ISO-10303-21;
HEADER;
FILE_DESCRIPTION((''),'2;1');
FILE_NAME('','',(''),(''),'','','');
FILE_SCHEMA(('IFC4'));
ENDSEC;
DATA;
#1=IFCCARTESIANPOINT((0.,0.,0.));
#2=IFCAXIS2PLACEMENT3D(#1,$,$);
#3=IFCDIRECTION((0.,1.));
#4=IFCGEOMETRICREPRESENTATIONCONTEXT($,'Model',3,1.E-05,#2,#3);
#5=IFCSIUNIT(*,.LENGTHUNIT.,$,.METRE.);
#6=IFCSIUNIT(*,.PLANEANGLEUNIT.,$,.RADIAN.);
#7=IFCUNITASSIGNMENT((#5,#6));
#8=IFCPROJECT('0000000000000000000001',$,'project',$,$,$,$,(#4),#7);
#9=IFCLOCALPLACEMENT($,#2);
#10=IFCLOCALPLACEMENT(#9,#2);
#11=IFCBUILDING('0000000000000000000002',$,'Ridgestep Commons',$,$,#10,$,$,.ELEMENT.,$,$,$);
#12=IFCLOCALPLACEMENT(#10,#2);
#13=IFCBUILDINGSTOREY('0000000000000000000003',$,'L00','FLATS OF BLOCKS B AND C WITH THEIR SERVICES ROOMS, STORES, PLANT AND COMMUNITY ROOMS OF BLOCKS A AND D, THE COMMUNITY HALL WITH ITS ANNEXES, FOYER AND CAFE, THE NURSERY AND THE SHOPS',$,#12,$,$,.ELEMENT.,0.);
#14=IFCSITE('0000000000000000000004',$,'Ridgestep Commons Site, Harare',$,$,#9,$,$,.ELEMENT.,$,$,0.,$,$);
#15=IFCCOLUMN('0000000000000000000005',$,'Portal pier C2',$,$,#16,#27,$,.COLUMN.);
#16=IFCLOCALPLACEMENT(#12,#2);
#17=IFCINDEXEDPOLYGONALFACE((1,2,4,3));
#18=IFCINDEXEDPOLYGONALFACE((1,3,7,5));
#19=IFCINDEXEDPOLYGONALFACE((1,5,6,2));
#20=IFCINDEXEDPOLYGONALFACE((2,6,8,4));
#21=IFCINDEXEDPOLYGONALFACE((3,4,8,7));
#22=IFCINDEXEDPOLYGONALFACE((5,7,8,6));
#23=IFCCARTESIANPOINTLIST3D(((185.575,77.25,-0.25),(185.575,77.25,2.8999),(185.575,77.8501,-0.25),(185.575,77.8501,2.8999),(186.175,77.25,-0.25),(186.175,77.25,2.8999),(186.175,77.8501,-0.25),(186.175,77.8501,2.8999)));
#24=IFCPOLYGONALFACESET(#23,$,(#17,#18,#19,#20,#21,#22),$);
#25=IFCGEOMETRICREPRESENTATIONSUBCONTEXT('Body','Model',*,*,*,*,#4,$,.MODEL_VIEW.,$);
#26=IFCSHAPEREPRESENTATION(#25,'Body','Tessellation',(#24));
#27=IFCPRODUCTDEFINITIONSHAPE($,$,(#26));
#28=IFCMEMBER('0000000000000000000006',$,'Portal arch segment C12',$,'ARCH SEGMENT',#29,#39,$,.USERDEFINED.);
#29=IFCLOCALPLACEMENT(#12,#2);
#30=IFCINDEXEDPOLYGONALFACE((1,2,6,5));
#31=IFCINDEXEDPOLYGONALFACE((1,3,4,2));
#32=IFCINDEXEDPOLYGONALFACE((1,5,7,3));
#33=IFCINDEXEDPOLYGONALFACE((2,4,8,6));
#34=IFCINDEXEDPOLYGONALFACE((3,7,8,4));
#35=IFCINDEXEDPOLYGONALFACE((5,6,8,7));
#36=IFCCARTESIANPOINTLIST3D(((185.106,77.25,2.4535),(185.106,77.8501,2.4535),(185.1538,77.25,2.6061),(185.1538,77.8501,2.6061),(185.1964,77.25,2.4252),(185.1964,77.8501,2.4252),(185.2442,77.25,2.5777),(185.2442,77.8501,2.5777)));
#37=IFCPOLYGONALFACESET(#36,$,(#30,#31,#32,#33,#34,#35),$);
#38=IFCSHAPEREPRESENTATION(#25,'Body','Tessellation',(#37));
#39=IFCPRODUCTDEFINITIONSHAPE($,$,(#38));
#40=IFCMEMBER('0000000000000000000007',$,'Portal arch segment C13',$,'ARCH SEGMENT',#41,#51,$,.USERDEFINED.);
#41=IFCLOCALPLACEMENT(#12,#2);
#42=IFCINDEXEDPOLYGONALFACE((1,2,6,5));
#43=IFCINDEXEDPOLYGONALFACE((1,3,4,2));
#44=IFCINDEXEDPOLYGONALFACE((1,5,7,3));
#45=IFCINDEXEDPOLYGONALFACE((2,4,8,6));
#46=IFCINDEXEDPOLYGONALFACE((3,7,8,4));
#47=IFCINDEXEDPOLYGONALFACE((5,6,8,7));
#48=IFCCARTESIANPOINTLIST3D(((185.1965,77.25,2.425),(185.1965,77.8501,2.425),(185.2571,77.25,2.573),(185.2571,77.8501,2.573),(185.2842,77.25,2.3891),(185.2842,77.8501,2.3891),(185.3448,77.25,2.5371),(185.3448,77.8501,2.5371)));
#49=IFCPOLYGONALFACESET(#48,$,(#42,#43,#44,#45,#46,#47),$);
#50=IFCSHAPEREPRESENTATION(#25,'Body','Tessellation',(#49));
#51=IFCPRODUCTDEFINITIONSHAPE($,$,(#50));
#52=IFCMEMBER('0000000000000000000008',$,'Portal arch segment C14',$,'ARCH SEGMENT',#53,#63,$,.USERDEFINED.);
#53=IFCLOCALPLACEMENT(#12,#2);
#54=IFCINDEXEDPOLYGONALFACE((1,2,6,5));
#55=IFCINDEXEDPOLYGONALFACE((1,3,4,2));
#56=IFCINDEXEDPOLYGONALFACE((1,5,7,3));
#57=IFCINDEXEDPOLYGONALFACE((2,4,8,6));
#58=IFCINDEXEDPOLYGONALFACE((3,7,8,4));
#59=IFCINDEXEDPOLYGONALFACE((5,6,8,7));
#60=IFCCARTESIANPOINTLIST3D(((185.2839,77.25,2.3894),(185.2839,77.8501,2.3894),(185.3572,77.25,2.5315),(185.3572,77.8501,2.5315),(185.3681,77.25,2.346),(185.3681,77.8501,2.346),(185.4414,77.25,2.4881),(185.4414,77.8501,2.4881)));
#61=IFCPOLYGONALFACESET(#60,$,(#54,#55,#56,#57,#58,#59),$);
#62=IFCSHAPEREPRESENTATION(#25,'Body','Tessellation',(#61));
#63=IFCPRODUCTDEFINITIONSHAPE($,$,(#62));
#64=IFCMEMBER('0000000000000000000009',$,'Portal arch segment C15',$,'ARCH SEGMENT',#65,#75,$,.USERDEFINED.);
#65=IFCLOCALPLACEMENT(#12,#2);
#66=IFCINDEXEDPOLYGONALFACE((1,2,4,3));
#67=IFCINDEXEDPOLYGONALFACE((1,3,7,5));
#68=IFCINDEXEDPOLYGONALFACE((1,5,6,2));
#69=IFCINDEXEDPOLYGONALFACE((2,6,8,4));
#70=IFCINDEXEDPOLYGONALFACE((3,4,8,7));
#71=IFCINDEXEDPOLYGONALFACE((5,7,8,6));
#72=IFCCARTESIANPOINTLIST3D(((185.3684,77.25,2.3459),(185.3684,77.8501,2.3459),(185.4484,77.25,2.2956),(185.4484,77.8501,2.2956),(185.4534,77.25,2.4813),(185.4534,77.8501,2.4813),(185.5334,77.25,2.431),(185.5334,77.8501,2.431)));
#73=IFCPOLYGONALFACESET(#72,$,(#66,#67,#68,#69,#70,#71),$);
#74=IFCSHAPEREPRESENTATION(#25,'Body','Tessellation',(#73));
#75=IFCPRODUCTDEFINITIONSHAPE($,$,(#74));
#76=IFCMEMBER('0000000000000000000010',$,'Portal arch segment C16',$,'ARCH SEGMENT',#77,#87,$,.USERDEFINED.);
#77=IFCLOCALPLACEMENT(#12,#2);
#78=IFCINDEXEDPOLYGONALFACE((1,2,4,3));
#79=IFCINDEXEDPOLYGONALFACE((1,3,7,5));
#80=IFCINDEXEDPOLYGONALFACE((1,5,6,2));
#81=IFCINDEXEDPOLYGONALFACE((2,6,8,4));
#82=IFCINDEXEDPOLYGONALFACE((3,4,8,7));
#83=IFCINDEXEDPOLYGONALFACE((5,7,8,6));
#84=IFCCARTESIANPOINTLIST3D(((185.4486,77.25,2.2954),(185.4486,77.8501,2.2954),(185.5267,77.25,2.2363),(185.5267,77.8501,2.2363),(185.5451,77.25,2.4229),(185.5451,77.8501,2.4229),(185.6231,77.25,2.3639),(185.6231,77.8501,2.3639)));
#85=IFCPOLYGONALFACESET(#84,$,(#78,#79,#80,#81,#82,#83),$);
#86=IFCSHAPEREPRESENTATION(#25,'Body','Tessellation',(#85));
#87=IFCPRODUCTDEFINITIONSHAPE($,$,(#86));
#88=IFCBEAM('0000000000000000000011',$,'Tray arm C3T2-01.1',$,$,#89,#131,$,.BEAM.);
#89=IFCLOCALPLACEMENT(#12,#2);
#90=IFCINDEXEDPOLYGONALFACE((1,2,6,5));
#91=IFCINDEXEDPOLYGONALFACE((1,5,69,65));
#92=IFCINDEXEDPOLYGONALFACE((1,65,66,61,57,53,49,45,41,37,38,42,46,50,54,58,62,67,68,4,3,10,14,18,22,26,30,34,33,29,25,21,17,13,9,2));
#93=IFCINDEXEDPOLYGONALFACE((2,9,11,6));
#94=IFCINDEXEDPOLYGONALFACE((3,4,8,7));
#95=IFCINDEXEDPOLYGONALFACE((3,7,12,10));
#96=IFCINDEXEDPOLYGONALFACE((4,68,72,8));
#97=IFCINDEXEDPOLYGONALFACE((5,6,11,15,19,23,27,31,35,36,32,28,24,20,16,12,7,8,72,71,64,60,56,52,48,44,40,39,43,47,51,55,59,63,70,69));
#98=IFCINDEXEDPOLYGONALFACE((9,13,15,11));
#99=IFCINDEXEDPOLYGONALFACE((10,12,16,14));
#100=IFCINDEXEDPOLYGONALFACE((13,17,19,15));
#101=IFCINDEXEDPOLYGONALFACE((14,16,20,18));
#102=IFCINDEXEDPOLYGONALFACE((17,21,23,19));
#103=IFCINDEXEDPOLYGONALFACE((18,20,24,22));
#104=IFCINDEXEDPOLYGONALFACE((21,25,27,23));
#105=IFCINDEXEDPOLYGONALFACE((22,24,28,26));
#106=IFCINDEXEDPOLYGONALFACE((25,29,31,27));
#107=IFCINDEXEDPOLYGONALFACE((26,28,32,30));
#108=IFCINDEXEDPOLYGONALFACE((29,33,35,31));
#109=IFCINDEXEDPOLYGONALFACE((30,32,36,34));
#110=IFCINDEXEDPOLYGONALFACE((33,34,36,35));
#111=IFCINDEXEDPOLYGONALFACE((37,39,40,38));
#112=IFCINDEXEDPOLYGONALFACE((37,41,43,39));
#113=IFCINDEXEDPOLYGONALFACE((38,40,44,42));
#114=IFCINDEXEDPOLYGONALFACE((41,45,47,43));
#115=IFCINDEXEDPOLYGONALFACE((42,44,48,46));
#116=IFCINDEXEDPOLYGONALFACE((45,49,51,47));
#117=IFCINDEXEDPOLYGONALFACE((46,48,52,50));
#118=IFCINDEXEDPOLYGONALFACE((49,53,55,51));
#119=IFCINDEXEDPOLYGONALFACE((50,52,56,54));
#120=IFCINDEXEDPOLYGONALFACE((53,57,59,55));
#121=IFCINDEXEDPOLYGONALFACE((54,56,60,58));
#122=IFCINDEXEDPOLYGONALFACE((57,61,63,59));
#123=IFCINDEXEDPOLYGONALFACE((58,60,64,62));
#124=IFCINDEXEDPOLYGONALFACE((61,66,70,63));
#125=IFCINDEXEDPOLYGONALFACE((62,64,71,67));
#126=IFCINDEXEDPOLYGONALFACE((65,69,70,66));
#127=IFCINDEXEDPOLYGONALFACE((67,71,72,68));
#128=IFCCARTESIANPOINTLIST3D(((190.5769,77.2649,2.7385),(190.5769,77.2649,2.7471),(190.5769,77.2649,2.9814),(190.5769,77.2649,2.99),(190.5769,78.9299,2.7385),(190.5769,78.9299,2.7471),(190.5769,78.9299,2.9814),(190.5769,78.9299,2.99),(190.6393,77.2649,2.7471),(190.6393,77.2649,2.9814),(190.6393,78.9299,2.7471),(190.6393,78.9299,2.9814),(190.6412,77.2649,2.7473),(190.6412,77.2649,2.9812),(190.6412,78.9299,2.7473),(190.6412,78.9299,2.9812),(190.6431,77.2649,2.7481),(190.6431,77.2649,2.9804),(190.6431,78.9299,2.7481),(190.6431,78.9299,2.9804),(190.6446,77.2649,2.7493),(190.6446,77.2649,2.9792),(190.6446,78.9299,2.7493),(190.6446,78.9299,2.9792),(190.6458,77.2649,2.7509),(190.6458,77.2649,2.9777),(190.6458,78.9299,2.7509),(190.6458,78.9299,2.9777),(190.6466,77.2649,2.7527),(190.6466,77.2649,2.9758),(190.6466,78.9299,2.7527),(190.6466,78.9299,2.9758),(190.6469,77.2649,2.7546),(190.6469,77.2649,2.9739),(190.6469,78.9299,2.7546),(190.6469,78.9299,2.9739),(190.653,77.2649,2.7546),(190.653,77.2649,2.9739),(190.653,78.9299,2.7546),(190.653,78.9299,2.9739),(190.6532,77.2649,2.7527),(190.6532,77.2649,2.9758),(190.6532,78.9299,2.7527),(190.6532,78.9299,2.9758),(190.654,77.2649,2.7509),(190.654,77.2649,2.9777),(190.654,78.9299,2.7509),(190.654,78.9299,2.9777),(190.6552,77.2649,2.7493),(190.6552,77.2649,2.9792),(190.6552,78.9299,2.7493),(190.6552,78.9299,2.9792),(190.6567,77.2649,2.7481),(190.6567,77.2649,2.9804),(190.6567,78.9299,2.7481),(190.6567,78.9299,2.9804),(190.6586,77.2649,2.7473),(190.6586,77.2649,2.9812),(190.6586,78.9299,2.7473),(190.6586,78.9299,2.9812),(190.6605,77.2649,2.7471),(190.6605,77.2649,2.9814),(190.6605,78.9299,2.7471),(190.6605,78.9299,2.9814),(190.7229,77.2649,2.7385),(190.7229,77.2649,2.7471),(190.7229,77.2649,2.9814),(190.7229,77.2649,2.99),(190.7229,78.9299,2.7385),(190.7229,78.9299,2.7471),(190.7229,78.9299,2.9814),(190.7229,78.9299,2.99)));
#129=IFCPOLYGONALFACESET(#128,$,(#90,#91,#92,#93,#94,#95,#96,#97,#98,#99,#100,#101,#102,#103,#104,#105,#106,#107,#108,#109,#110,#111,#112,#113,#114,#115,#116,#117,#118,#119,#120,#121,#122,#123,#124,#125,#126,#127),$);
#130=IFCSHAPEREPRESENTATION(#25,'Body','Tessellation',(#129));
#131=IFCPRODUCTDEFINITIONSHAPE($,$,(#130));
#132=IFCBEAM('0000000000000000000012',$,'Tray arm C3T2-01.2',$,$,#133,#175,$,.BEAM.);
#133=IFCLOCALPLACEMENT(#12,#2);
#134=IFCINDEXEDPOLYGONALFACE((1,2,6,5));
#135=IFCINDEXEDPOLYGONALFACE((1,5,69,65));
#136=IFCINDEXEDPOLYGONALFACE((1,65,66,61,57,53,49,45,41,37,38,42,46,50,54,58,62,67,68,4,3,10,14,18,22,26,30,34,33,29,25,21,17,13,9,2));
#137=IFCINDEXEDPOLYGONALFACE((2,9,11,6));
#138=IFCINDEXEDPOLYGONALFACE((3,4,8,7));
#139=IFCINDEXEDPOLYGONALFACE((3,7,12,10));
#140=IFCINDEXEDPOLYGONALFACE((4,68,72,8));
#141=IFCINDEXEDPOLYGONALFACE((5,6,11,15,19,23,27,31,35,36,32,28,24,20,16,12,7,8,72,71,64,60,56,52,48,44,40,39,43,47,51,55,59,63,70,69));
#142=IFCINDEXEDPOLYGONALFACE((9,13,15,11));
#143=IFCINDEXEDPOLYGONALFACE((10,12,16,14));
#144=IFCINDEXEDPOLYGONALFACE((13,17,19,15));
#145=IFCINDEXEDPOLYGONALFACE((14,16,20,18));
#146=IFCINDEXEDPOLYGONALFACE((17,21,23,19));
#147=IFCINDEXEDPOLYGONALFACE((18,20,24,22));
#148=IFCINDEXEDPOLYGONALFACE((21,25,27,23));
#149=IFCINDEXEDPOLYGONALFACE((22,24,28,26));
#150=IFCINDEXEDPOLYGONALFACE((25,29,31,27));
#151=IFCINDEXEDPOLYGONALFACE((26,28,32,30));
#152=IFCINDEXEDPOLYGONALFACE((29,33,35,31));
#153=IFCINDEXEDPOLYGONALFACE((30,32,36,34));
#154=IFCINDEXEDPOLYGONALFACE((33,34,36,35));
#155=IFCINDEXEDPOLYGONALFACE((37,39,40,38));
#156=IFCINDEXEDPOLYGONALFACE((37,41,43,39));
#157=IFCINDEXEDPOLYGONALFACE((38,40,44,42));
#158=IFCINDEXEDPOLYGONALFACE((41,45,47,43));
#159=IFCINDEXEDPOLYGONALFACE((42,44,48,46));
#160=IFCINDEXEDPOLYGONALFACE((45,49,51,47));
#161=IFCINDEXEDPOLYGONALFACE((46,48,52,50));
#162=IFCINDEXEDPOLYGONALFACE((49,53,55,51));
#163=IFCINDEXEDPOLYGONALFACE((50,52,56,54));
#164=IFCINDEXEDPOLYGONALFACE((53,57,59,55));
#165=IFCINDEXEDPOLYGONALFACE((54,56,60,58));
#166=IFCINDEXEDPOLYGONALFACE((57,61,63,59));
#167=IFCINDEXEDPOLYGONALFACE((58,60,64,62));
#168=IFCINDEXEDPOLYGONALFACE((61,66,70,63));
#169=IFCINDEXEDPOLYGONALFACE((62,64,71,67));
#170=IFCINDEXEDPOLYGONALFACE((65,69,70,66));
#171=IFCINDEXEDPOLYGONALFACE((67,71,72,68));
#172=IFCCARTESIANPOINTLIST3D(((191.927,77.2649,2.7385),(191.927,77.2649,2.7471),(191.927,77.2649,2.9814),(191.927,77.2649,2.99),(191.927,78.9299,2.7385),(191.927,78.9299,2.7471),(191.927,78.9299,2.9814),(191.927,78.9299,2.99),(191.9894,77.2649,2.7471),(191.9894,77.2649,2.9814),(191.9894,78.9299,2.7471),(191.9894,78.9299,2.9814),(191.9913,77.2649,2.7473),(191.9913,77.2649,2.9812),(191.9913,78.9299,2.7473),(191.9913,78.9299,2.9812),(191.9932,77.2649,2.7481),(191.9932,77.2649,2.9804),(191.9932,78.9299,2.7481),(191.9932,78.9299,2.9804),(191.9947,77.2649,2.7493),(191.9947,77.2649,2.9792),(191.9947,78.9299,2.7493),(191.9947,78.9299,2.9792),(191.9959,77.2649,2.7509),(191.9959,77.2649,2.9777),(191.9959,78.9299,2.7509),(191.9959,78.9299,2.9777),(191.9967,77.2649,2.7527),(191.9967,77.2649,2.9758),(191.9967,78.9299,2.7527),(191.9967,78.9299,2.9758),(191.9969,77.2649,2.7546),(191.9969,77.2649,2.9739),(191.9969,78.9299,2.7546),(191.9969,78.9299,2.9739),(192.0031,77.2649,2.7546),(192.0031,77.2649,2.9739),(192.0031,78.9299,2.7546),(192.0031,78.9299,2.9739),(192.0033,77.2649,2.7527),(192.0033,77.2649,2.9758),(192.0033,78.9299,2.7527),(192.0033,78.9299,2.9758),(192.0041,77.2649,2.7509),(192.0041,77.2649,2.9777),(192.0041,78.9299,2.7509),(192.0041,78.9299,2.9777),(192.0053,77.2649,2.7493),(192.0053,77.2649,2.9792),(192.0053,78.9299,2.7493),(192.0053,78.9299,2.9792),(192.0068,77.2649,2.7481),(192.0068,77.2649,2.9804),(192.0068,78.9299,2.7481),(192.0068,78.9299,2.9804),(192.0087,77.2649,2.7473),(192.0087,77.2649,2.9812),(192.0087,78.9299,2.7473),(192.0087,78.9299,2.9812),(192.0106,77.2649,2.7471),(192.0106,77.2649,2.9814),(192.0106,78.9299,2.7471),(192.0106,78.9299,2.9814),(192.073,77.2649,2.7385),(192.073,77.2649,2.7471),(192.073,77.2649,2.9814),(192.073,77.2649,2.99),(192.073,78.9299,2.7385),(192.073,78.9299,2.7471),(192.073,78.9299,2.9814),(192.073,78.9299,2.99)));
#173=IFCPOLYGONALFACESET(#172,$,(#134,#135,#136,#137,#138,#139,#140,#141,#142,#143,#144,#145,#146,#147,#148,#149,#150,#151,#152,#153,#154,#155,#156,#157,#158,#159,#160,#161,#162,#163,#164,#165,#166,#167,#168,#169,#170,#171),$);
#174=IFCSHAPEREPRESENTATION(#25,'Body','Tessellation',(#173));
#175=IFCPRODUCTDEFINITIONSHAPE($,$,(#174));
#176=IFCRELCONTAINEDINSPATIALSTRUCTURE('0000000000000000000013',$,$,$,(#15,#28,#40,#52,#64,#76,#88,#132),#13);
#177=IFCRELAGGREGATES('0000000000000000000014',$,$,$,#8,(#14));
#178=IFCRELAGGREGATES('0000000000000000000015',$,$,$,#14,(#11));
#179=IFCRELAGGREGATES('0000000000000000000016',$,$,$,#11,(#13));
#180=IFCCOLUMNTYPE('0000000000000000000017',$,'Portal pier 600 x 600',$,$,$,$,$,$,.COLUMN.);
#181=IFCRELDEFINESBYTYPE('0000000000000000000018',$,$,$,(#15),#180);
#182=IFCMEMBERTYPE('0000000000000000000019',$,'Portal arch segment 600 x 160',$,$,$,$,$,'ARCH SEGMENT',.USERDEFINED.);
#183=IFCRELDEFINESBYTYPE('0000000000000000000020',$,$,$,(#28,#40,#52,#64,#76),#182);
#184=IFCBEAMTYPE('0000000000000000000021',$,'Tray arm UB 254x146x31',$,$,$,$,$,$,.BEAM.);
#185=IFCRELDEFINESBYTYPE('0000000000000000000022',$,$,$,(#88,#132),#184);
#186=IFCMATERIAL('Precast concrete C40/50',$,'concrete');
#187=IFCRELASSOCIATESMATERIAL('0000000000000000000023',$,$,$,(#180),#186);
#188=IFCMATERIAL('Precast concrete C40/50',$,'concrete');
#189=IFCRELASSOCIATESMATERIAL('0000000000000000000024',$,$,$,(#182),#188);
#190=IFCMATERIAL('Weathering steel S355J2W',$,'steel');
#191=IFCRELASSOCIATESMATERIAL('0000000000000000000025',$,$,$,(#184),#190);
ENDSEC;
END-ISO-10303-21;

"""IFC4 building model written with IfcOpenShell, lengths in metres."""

from ifc_helpers import new_model, si_unit, direction, frame, origin, origin_2d, place, context, subcontext, project, spatial, rectangle, i_section, extrude, material, material_profile, profile_set, type_object, element, save


model = new_model("IFC4")

# Units and contexts
model_context = context("Model", 3, precision=1e-05, world=origin(), true_north=direction((0.0, 1.0)))
body_context = subcontext(model_context, "Body", "Model", "MODEL_VIEW")
ifc_project = project(units=[si_unit("LENGTHUNIT", "METRE"), si_unit("PLANEANGLEUNIT", "RADIAN")], contexts=[model_context])

# Site, building, storey
site_placement = place(None, origin())
site = spatial("IfcSite", under=ifc_project, at=site_placement, Name="Ridgestep Commons Site, Harare", CompositionType="ELEMENT", RefElevation=0.0)
building_placement = place(site_placement, origin())
building = spatial("IfcBuilding", under=site, at=building_placement, Name="Ridgestep Commons", CompositionType="ELEMENT")
storey_placement = place(building_placement, origin())
storey = spatial("IfcBuildingStorey", under=building, at=storey_placement, Name="L00", Description="FLATS OF BLOCKS B AND C WITH THEIR SERVICES ROOMS, STORES, PLANT AND COMMUNITY ROOMS OF BLOCKS A AND D, THE COMMUNITY HALL WITH ITS ANNEXES, FOYER AND CAFE, THE NURSERY AND THE SHOPS", CompositionType="ELEMENT", Elevation=0.0)

# Column
ifc_material_1 = material(Name="Precast concrete C40/50", Category="concrete")
ifc_material_profile_1 = material_profile(ifc_material_1, rectangle(XDim=0.6001, YDim=0.6001, at=origin_2d()), Name="PC 600x600")
ifc_profile_set_1 = profile_set([ifc_material_profile_1], Name="Precast concrete C40/50")
column_type = type_object("IfcColumnType", Name="Portal pier 600 x 600", PredefinedType="COLUMN", material=ifc_profile_set_1)
column_placement = place(storey_placement, frame((185.875, 77.55, -0.25), z_axis=(0.0, 0.0, 1.0), x_axis=(1.0, 0.0, 0.0)))
element("IfcColumn", 1, at=column_placement, inside=storey, type_object=column_type, Name="Portal pier C2", PredefinedType="COLUMN", context=body_context, shape_type="SweptSolid", body=[
    extrude(rectangle(XDim=0.6001, YDim=0.6001, at=origin_2d()), origin(), (0.0, 0.0, 1.0), 3.1499),
])

# Members
ifc_material_2 = material(Name="Precast concrete C40/50", Category="concrete")
ifc_material_profile_2 = material_profile(ifc_material_2, rectangle(XDim=0.6001, YDim=0.1599, at=origin_2d()), Name="Portal arch segment 600 x 160")
ifc_profile_set_2 = profile_set([ifc_material_profile_2], Name="Precast concrete C40/50")
member_type = type_object("IfcMemberType", Name="Portal arch segment 600 x 160", ElementType="ARCH SEGMENT", PredefinedType="USERDEFINED", material=ifc_profile_set_2)
for number, where, z_axis, x_axis, name in (
    (2, (185.1299, 77.55, 2.5298), (0.954204, 0.0, -0.299156), (0.0, 1.0, 0.0), "Portal arch segment C12"),
    (3, (185.2268, 77.55, 2.499), (0.925424, 0.0, -0.378934), (0.0, 1.0, 0.0), "Portal arch segment C13"),
    (4, (185.3206, 77.55, 2.4604), (0.888688, 0.0, -0.458512), (0.0, 1.0, 0.0), "Portal arch segment C14"),
):
    element("IfcMember", number, at=place(storey_placement, frame(where, z_axis=z_axis, x_axis=x_axis)), inside=storey, type_object=member_type, Name=name, ObjectType="ARCH SEGMENT", PredefinedType="USERDEFINED", context=body_context, shape_type="SweptSolid", body=[
        extrude(rectangle(XDim=0.6001, YDim=0.1599, at=origin_2d()), origin(), (0.0, 0.0, 1.0), 0.0947),
    ])
member_1_placement = place(storey_placement, frame((185.4109, 77.55, 2.4136), z_axis=(0.846836, 0.0, -0.531854), x_axis=(0.0, 1.0, 0.0)))
element("IfcMember", 5, at=member_1_placement, inside=storey, type_object=member_type, Name="Portal arch segment C15", ObjectType="ARCH SEGMENT", PredefinedType="USERDEFINED", context=body_context, shape_type="SweptSolid", body=[
    extrude(rectangle(XDim=0.6001, YDim=0.1599, at=origin_2d()), origin(), (0.0, 0.0, 1.0), 0.0945),
])
member_2_placement = place(storey_placement, frame((185.4968, 77.55, 2.3591), z_axis=(0.797601, 0.0, -0.603186), x_axis=(0.0, 1.0, 0.0)))
element("IfcMember", 6, at=member_2_placement, inside=storey, type_object=member_type, Name="Portal arch segment C16", ObjectType="ARCH SEGMENT", PredefinedType="USERDEFINED", context=body_context, shape_type="SweptSolid", body=[
    extrude(rectangle(XDim=0.6001, YDim=0.1599, at=origin_2d()), origin(), (0.0, 0.0, 1.0), 0.0979),
])

# Beams
ifc_material_3 = material(Name="Weathering steel S355J2W", Category="steel")
ifc_material_profile_3 = material_profile(ifc_material_3, i_section(OverallWidth=0.146, OverallDepth=0.2515, WebThickness=0.0061, FlangeThickness=0.0085, FilletRadius=0.0076, at=origin_2d()), Name="UB 254x146x31")
ifc_profile_set_3 = profile_set([ifc_material_profile_3], Name="Weathering steel S355J2W")
beam_type_1 = type_object("IfcBeamType", Name="Tray arm UB 254x146x31", PredefinedType="BEAM", material=ifc_profile_set_3)
for number, where, z_axis, x_axis, name in (
    (7, (190.6499, 77.2649, 2.8643), (0.0, 1.0, 0.0), (-1.0, 0.0, 0.0), "Tray arm C3T2-01.1"),
    (8, (192.0, 77.2649, 2.8643), (0.0, 1.0, 0.0), (-1.0, 0.0, 0.0), "Tray arm C3T2-01.2"),
):
    element("IfcBeam", number, at=place(storey_placement, frame(where, z_axis=z_axis, x_axis=x_axis)), inside=storey, type_object=beam_type_1, Name=name, PredefinedType="BEAM", context=body_context, shape_type="SweptSolid", body=[
        extrude(i_section(OverallWidth=0.146, OverallDepth=0.2515, WebThickness=0.0061, FlangeThickness=0.0085, FilletRadius=0.0076, at=origin_2d()), origin(), (0.0, 0.0, 1.0), 1.665),
    ])

save(model, "model.ifc")
